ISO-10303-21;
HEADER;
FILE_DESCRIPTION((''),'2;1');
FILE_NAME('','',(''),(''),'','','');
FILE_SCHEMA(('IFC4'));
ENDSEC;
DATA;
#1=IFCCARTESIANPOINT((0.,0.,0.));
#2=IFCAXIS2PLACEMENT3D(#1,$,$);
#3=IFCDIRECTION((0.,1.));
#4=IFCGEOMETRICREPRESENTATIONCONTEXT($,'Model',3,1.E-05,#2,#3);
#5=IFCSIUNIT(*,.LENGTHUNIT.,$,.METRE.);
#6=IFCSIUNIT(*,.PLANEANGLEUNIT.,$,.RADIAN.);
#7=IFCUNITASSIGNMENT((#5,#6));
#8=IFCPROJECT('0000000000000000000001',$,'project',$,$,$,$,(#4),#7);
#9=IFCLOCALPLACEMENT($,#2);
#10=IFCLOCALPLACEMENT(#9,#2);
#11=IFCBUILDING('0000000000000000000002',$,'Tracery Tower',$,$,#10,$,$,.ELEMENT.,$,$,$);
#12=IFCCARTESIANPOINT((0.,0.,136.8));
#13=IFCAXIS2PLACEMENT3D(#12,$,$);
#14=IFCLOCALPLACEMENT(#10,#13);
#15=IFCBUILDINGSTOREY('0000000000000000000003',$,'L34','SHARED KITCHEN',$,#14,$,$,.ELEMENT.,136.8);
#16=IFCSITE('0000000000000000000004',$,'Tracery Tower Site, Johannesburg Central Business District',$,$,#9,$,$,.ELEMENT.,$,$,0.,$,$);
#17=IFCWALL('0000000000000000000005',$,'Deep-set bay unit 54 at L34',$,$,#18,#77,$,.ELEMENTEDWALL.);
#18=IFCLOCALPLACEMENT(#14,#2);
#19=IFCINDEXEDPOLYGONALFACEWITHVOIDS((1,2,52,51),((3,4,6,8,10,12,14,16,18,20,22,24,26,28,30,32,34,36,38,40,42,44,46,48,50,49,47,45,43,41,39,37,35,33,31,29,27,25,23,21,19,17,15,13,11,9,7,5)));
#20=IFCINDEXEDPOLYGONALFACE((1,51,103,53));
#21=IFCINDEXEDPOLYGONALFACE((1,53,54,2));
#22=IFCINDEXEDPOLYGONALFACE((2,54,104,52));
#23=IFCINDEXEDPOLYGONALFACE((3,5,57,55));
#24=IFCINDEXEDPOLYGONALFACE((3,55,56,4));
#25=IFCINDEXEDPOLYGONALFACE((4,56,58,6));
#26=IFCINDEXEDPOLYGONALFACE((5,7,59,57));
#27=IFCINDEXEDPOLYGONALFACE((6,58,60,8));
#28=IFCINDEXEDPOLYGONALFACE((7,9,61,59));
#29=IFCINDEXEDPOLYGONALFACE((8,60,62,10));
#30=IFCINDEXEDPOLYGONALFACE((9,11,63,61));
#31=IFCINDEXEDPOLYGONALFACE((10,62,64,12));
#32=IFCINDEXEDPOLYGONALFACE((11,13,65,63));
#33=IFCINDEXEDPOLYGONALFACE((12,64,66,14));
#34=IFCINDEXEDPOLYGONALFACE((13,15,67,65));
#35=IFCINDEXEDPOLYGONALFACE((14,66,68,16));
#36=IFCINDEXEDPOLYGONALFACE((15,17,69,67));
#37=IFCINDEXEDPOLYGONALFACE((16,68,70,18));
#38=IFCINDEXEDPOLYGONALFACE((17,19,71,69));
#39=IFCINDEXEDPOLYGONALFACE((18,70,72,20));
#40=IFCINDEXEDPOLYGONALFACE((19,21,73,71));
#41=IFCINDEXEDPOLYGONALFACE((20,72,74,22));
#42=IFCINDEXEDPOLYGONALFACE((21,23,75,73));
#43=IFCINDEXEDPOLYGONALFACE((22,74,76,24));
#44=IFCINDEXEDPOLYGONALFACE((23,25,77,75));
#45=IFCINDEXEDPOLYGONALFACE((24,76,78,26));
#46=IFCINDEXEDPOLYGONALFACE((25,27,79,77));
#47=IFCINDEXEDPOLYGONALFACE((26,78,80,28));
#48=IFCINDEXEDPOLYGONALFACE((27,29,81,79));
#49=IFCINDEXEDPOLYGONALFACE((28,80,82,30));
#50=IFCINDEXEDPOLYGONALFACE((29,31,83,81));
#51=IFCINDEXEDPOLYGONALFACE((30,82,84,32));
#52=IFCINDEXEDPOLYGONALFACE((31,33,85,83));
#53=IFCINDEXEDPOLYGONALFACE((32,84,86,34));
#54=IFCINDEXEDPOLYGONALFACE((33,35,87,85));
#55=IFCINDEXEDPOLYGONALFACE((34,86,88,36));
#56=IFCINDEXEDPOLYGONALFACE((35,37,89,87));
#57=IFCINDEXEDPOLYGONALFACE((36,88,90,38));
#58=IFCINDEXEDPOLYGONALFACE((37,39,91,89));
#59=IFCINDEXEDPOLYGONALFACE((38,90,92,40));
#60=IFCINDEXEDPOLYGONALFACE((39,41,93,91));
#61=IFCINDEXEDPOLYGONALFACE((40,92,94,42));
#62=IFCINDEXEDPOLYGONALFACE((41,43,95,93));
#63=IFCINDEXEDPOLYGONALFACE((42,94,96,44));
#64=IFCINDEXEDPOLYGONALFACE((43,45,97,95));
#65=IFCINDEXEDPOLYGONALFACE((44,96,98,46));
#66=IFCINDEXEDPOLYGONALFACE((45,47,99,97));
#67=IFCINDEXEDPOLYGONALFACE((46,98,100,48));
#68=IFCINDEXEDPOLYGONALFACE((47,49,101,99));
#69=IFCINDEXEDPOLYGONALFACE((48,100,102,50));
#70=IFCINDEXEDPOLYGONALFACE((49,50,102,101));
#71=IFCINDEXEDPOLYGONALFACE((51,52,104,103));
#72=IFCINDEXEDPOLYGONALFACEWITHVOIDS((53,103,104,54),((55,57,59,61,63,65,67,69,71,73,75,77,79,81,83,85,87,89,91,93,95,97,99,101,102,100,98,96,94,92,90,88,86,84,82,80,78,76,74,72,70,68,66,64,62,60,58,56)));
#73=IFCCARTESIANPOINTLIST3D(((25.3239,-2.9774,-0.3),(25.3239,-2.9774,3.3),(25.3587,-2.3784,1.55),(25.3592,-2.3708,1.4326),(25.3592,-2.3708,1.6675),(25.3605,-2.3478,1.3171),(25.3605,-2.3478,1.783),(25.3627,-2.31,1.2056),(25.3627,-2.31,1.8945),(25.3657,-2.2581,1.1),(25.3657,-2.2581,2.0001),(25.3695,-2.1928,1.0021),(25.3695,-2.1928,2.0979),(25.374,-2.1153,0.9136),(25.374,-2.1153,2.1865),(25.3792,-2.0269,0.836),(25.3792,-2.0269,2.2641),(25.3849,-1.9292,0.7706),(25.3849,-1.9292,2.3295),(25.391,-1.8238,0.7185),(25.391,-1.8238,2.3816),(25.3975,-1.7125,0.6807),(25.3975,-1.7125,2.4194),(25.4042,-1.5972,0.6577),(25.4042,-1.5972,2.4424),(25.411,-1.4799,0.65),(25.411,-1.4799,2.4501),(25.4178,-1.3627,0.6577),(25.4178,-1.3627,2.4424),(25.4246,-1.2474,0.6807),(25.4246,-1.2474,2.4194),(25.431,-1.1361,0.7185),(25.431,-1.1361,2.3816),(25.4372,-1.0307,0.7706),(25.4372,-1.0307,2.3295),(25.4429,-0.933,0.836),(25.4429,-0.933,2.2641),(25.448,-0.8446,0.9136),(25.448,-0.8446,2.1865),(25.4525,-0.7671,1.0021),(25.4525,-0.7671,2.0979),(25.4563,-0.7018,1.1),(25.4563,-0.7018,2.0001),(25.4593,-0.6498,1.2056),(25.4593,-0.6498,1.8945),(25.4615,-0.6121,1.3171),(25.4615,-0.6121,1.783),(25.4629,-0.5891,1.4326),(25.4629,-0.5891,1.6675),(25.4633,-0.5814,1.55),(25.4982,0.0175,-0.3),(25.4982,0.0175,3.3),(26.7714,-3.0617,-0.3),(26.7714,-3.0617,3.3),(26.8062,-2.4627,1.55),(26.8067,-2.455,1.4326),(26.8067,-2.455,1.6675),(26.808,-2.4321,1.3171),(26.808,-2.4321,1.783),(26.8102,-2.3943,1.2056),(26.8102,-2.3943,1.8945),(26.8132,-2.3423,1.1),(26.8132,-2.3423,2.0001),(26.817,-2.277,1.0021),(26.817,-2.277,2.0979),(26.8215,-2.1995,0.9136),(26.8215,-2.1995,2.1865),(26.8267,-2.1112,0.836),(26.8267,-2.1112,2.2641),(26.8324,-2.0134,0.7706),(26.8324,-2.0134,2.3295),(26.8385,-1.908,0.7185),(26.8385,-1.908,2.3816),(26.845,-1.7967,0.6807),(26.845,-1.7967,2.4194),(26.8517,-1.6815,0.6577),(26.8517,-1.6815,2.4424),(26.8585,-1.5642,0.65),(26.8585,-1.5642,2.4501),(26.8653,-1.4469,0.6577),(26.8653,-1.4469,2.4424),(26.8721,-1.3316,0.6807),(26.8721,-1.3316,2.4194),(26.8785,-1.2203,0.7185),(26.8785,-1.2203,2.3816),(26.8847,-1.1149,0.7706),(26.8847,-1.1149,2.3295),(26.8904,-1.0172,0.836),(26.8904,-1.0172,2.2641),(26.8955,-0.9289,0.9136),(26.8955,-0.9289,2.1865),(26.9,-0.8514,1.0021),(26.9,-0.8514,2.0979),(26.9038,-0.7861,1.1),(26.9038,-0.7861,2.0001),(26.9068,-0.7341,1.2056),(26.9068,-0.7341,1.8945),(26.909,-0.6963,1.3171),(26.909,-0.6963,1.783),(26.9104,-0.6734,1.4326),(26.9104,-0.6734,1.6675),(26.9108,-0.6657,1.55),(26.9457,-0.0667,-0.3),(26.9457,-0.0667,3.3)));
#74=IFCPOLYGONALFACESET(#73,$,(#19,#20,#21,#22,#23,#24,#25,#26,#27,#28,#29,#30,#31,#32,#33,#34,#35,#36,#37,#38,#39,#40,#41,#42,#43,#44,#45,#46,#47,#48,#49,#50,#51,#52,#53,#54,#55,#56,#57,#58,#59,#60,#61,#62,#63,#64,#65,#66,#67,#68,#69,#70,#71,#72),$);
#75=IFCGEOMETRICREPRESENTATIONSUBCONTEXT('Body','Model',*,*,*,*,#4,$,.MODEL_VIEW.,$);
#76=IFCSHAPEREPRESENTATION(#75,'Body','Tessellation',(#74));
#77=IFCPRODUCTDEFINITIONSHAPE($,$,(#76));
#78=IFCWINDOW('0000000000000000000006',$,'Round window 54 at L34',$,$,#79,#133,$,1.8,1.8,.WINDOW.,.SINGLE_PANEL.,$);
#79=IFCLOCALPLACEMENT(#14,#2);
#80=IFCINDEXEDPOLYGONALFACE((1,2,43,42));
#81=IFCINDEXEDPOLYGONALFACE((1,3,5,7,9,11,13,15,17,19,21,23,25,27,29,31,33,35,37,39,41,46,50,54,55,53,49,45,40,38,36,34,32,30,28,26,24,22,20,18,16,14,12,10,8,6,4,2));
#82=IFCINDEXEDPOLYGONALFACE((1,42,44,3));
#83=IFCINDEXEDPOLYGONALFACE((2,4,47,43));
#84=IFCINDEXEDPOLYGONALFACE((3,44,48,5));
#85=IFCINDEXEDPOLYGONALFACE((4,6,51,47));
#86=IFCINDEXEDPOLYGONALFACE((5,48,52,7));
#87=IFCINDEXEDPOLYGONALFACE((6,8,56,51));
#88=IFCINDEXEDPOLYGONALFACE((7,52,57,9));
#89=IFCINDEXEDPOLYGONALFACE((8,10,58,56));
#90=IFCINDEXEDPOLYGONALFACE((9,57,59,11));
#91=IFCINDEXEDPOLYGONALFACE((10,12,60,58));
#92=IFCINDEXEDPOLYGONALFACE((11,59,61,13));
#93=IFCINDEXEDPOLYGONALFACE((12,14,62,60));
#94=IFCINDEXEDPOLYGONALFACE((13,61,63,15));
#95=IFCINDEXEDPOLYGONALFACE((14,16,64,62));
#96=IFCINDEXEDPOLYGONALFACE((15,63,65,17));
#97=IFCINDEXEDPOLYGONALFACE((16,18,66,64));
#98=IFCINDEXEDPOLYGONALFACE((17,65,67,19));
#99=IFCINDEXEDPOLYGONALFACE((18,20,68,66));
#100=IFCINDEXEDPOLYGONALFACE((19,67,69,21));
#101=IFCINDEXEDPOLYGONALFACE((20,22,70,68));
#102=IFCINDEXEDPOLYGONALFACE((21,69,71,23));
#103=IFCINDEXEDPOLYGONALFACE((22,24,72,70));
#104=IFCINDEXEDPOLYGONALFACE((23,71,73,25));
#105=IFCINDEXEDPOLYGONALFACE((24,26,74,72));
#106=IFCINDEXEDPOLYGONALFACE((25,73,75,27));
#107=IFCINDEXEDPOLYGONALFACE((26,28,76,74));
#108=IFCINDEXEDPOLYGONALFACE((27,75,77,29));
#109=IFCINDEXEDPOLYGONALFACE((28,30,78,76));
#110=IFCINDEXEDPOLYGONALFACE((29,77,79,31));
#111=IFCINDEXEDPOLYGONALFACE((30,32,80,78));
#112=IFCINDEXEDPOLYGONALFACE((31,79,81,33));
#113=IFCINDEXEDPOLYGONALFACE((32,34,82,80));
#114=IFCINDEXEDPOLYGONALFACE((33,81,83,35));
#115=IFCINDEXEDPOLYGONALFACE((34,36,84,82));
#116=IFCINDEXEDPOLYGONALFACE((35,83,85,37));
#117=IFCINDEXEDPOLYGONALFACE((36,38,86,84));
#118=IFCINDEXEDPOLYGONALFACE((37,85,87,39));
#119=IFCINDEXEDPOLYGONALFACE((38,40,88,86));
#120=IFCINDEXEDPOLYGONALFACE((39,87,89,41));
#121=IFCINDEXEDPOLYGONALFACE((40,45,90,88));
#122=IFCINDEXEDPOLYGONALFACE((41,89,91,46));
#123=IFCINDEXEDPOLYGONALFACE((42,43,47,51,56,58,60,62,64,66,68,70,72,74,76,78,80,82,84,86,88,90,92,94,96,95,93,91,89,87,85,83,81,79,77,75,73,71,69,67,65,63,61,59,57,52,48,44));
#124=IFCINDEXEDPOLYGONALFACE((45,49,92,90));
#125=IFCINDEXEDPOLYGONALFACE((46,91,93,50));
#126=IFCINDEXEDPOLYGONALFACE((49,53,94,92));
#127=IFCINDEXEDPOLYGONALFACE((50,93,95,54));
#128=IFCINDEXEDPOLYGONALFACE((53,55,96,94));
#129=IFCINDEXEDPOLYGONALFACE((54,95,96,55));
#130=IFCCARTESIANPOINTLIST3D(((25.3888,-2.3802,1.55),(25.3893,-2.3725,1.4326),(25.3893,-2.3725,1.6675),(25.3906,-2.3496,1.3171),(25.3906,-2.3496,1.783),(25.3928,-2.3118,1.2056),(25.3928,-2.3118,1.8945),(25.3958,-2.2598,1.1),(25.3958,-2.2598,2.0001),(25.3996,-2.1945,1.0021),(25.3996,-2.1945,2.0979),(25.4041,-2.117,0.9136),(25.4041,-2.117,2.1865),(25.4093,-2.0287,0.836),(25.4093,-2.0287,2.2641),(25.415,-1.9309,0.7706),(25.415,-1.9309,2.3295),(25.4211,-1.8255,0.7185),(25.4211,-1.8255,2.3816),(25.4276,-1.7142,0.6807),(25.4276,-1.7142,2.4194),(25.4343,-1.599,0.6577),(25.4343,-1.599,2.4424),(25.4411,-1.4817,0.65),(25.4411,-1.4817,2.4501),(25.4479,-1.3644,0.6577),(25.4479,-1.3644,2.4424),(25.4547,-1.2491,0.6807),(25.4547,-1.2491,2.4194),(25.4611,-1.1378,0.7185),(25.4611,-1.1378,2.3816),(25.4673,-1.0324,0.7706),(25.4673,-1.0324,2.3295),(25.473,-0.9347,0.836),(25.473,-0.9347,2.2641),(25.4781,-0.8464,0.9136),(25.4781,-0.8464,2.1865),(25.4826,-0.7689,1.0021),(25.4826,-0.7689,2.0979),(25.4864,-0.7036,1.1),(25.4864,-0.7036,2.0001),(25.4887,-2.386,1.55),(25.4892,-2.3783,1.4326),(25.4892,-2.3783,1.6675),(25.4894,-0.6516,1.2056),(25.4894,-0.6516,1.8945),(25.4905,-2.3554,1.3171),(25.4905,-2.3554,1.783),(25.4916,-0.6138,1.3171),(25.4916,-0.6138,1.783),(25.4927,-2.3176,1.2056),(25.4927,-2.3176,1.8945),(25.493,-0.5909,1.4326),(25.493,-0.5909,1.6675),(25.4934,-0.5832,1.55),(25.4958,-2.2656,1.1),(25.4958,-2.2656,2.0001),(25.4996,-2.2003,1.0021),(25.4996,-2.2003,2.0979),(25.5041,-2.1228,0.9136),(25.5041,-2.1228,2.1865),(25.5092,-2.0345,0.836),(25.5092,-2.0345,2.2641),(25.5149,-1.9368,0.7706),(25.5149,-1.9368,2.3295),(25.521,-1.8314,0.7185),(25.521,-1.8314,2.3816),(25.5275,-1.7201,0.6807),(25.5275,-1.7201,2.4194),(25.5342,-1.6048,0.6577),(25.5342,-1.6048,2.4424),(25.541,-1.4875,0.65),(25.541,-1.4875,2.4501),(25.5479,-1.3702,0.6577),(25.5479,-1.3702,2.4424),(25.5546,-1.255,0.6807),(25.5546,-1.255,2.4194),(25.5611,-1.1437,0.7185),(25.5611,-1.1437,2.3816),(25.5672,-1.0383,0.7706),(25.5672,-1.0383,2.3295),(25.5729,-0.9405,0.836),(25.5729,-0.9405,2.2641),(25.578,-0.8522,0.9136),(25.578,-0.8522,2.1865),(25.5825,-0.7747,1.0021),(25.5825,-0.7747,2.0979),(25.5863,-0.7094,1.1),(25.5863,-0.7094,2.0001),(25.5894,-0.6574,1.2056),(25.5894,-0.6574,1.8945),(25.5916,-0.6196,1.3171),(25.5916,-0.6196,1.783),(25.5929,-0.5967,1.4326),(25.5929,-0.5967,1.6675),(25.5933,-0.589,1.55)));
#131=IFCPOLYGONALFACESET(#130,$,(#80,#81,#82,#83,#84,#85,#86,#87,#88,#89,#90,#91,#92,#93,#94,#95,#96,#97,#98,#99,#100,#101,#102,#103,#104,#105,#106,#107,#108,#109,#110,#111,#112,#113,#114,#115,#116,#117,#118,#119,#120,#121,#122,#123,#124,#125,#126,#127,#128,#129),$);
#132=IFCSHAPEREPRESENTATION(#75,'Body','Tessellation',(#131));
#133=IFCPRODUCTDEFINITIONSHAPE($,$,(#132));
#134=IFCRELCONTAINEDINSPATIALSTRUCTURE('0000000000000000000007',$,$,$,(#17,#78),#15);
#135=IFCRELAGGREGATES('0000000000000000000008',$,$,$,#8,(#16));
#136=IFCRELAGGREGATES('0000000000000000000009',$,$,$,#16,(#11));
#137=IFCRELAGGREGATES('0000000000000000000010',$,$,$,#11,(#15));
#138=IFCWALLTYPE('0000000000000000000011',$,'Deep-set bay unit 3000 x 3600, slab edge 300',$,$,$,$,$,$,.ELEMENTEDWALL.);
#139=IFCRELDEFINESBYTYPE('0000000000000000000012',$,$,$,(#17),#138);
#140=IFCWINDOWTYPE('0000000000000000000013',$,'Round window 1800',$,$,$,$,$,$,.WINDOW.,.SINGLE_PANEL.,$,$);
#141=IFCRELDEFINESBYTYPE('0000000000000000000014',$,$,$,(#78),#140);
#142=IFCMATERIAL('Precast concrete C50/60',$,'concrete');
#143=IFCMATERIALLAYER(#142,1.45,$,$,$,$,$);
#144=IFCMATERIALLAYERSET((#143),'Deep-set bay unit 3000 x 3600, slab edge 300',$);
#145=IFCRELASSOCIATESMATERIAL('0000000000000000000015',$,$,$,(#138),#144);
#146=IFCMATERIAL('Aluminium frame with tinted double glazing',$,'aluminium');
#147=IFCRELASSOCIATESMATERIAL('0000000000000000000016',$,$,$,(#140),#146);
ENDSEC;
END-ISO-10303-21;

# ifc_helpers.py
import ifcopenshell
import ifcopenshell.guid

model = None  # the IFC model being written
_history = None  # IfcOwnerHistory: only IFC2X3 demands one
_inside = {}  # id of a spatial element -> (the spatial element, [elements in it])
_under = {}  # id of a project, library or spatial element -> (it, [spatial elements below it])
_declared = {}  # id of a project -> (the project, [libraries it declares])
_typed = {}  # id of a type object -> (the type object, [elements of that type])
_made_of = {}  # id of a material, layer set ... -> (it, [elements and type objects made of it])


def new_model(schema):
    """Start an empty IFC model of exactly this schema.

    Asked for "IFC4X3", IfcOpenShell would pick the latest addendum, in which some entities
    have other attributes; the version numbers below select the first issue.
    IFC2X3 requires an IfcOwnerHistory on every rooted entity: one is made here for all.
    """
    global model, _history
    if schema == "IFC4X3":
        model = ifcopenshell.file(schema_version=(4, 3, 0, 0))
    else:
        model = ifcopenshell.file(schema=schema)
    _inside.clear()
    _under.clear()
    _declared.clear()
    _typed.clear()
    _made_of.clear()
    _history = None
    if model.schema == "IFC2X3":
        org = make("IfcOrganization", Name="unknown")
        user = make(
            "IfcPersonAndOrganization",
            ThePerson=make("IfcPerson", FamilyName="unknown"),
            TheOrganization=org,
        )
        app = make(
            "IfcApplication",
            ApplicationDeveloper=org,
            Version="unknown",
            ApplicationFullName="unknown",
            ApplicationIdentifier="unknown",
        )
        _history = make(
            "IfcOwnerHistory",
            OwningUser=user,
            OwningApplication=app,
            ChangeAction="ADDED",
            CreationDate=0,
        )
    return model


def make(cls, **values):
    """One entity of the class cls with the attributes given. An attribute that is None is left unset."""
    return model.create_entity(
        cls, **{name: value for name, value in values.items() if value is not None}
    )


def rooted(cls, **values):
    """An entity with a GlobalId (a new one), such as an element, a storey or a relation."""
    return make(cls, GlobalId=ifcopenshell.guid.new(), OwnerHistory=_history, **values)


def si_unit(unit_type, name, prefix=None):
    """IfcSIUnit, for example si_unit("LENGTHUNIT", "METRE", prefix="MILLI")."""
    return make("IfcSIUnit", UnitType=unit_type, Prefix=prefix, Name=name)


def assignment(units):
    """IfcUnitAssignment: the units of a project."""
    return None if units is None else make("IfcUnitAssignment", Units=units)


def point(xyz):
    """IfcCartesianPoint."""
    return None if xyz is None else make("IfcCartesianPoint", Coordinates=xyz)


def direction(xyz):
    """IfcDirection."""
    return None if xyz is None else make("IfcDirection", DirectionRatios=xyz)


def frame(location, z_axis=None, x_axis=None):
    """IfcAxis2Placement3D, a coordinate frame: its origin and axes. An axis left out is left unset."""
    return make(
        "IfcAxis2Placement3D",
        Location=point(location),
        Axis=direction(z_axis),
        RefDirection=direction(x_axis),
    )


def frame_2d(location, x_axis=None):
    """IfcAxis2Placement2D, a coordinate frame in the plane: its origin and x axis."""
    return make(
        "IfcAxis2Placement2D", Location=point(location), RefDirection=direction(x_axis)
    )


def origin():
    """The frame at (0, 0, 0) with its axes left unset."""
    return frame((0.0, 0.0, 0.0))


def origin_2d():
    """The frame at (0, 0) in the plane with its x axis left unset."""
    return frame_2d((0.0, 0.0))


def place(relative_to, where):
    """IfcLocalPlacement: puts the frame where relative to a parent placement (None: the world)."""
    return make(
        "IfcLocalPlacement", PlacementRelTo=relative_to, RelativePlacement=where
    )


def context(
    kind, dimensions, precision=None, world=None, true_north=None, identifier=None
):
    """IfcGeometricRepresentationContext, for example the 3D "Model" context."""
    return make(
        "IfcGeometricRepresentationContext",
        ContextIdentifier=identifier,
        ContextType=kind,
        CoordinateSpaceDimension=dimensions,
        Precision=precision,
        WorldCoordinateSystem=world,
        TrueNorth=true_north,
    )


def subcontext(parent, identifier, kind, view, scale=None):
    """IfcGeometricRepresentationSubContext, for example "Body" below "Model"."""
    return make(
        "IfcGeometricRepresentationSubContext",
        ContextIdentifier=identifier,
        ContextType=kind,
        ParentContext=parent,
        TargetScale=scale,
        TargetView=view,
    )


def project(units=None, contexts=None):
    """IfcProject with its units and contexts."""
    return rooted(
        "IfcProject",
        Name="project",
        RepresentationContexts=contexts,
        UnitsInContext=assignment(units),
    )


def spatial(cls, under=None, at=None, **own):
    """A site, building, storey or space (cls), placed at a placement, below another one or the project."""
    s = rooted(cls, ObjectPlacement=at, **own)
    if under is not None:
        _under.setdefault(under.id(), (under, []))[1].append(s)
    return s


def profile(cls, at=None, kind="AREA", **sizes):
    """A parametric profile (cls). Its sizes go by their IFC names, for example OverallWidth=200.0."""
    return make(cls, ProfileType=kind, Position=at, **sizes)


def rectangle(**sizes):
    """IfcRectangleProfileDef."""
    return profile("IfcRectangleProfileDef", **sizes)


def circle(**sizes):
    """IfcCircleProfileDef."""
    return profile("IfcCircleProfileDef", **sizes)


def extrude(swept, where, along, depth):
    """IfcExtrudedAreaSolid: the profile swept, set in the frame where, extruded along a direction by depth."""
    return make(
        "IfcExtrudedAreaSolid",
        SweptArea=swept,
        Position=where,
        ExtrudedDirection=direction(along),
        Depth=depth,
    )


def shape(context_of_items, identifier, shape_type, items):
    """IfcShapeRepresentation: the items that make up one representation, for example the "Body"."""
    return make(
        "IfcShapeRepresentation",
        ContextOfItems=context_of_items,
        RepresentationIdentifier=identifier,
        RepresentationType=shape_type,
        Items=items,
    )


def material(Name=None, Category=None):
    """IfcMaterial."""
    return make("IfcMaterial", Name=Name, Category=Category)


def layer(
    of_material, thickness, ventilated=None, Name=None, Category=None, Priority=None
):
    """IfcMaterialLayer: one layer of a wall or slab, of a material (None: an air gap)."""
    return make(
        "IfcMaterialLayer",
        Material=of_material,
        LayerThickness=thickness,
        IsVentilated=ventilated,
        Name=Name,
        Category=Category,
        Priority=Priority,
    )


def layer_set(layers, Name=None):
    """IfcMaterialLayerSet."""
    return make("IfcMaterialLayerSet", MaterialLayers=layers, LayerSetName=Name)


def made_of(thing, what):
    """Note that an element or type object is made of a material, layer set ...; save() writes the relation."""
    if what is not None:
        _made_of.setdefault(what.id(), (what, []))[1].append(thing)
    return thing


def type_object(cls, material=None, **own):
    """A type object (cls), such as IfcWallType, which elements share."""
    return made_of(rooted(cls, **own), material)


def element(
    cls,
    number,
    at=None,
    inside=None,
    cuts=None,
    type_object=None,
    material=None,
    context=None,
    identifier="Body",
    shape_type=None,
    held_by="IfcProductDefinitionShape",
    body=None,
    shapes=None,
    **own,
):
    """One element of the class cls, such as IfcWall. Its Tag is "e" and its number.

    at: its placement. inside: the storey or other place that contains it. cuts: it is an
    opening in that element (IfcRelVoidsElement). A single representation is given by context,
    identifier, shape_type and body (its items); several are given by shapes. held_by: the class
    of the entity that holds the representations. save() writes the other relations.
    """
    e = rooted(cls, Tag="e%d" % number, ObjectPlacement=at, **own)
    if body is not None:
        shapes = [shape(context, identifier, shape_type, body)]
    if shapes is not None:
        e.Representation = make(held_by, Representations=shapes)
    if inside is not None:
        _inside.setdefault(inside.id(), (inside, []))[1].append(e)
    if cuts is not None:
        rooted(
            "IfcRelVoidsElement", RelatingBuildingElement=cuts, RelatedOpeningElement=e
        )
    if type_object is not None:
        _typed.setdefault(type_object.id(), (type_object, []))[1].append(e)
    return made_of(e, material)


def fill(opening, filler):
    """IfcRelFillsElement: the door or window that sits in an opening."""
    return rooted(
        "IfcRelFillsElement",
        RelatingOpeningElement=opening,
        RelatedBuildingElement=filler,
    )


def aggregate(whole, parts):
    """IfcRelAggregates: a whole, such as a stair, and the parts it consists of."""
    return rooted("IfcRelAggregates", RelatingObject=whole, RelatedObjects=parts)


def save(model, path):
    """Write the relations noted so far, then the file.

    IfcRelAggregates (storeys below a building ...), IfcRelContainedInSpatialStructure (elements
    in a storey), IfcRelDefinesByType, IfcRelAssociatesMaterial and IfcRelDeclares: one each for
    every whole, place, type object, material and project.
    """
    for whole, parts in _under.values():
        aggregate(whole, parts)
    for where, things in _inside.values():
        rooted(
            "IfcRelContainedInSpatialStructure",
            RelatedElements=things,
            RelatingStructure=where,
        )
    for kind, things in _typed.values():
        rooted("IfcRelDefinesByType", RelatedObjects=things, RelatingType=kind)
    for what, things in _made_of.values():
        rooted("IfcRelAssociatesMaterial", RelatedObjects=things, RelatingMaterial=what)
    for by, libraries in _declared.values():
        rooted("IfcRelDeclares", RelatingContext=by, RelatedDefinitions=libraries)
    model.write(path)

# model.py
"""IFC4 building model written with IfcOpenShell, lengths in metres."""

from ifc_helpers import new_model, si_unit, direction, frame, frame_2d, origin, origin_2d, place, context, subcontext, project, spatial, rectangle, circle, extrude, material, layer, layer_set, type_object, element, fill, save


model = new_model("IFC4")

# Units and contexts
model_context = context("Model", 3, precision=1e-05, world=origin(), true_north=direction((0.0, 1.0)))
body_context = subcontext(model_context, "Body", "Model", "MODEL_VIEW")
ifc_project = project(units=[si_unit("LENGTHUNIT", "METRE"), si_unit("PLANEANGLEUNIT", "RADIAN")], contexts=[model_context])

# Site, building, storey
site_placement = place(None, origin())
site = spatial("IfcSite", under=ifc_project, at=site_placement, Name="Tracery Tower Site, Johannesburg Central Business District", CompositionType="ELEMENT", RefElevation=0.0)
building_placement = place(site_placement, origin())
building = spatial("IfcBuilding", under=site, at=building_placement, Name="Tracery Tower", CompositionType="ELEMENT")
storey_placement = place(building_placement, frame((0.0, 0.0, 136.8)))
storey = spatial("IfcBuildingStorey", under=building, at=storey_placement, Name="L34", Description="SHARED KITCHEN", CompositionType="ELEMENT", Elevation=136.8)

# Wall, opening, window
ifc_material_1 = material(Name="Precast concrete C50/60", Category="concrete")
ifc_layer_1 = layer(ifc_material_1, 1.45)
ifc_layer_set_1 = layer_set([ifc_layer_1], Name="Deep-set bay unit 3000 x 3600, slab edge 300")
wall_type_1 = type_object("IfcWallType", Name="Deep-set bay unit 3000 x 3600, slab edge 300", PredefinedType="ELEMENTEDWALL", material=ifc_layer_set_1)
ifc_material_2 = material(Name="Aluminium frame with tinted double glazing", Category="aluminium")
window_type = type_object("IfcWindowType", Name="Round window 1800", PartitioningType="SINGLE_PANEL", PredefinedType="WINDOW", material=ifc_material_2)
wall_1_placement = place(storey_placement, frame((26.0476, -3.0195, -0.3), z_axis=(0.0, 0.0, 1.0), x_axis=(0.058107, 0.99831, 0.0)))
wall_1 = element("IfcWall", 1, at=wall_1_placement, inside=storey, type_object=wall_type_1, Name="Deep-set bay unit 54 at L34", PredefinedType="ELEMENTEDWALL", context=body_context, shape_type="SweptSolid", body=[
    extrude(rectangle(XDim=3.0, YDim=1.45, at=frame_2d((1.5, 0.0))), origin(), (0.0, 0.0, 1.0), 3.6001),
])
opening_1_placement = place(wall_1_placement, frame((1.5, 0.0, 1.8501)))
opening_1 = element("IfcOpeningElement", 2, at=opening_1_placement, cuts=wall_1, PredefinedType="OPENING", context=body_context, shape_type="SweptSolid", body=[
    extrude(circle(Radius=0.9, at=origin_2d()), frame((0.0, 0.7349, 0.0), z_axis=(0.0, -1.0, 0.0), x_axis=(1.0, 0.0, 0.0)), (0.0, 0.0, 1.0), 1.47),
])
window_1_placement = place(opening_1_placement, origin())
window_1 = element("IfcWindow", 3, at=window_1_placement, inside=storey, type_object=window_type, Name="Round window 54 at L34", OverallHeight=1.8, OverallWidth=1.8, PartitioningType="SINGLE_PANEL", PredefinedType="WINDOW", context=body_context, shape_type="SweptSolid", body=[
    extrude(circle(Radius=0.9, at=origin_2d()), frame((0.0, 0.6948, 0.0), z_axis=(0.0, -1.0, 0.0), x_axis=(1.0, 0.0, 0.0)), (0.0, 0.0, 1.0), 0.1001),
])
fill(opening_1, window_1)

save(model, "model.ifc")
